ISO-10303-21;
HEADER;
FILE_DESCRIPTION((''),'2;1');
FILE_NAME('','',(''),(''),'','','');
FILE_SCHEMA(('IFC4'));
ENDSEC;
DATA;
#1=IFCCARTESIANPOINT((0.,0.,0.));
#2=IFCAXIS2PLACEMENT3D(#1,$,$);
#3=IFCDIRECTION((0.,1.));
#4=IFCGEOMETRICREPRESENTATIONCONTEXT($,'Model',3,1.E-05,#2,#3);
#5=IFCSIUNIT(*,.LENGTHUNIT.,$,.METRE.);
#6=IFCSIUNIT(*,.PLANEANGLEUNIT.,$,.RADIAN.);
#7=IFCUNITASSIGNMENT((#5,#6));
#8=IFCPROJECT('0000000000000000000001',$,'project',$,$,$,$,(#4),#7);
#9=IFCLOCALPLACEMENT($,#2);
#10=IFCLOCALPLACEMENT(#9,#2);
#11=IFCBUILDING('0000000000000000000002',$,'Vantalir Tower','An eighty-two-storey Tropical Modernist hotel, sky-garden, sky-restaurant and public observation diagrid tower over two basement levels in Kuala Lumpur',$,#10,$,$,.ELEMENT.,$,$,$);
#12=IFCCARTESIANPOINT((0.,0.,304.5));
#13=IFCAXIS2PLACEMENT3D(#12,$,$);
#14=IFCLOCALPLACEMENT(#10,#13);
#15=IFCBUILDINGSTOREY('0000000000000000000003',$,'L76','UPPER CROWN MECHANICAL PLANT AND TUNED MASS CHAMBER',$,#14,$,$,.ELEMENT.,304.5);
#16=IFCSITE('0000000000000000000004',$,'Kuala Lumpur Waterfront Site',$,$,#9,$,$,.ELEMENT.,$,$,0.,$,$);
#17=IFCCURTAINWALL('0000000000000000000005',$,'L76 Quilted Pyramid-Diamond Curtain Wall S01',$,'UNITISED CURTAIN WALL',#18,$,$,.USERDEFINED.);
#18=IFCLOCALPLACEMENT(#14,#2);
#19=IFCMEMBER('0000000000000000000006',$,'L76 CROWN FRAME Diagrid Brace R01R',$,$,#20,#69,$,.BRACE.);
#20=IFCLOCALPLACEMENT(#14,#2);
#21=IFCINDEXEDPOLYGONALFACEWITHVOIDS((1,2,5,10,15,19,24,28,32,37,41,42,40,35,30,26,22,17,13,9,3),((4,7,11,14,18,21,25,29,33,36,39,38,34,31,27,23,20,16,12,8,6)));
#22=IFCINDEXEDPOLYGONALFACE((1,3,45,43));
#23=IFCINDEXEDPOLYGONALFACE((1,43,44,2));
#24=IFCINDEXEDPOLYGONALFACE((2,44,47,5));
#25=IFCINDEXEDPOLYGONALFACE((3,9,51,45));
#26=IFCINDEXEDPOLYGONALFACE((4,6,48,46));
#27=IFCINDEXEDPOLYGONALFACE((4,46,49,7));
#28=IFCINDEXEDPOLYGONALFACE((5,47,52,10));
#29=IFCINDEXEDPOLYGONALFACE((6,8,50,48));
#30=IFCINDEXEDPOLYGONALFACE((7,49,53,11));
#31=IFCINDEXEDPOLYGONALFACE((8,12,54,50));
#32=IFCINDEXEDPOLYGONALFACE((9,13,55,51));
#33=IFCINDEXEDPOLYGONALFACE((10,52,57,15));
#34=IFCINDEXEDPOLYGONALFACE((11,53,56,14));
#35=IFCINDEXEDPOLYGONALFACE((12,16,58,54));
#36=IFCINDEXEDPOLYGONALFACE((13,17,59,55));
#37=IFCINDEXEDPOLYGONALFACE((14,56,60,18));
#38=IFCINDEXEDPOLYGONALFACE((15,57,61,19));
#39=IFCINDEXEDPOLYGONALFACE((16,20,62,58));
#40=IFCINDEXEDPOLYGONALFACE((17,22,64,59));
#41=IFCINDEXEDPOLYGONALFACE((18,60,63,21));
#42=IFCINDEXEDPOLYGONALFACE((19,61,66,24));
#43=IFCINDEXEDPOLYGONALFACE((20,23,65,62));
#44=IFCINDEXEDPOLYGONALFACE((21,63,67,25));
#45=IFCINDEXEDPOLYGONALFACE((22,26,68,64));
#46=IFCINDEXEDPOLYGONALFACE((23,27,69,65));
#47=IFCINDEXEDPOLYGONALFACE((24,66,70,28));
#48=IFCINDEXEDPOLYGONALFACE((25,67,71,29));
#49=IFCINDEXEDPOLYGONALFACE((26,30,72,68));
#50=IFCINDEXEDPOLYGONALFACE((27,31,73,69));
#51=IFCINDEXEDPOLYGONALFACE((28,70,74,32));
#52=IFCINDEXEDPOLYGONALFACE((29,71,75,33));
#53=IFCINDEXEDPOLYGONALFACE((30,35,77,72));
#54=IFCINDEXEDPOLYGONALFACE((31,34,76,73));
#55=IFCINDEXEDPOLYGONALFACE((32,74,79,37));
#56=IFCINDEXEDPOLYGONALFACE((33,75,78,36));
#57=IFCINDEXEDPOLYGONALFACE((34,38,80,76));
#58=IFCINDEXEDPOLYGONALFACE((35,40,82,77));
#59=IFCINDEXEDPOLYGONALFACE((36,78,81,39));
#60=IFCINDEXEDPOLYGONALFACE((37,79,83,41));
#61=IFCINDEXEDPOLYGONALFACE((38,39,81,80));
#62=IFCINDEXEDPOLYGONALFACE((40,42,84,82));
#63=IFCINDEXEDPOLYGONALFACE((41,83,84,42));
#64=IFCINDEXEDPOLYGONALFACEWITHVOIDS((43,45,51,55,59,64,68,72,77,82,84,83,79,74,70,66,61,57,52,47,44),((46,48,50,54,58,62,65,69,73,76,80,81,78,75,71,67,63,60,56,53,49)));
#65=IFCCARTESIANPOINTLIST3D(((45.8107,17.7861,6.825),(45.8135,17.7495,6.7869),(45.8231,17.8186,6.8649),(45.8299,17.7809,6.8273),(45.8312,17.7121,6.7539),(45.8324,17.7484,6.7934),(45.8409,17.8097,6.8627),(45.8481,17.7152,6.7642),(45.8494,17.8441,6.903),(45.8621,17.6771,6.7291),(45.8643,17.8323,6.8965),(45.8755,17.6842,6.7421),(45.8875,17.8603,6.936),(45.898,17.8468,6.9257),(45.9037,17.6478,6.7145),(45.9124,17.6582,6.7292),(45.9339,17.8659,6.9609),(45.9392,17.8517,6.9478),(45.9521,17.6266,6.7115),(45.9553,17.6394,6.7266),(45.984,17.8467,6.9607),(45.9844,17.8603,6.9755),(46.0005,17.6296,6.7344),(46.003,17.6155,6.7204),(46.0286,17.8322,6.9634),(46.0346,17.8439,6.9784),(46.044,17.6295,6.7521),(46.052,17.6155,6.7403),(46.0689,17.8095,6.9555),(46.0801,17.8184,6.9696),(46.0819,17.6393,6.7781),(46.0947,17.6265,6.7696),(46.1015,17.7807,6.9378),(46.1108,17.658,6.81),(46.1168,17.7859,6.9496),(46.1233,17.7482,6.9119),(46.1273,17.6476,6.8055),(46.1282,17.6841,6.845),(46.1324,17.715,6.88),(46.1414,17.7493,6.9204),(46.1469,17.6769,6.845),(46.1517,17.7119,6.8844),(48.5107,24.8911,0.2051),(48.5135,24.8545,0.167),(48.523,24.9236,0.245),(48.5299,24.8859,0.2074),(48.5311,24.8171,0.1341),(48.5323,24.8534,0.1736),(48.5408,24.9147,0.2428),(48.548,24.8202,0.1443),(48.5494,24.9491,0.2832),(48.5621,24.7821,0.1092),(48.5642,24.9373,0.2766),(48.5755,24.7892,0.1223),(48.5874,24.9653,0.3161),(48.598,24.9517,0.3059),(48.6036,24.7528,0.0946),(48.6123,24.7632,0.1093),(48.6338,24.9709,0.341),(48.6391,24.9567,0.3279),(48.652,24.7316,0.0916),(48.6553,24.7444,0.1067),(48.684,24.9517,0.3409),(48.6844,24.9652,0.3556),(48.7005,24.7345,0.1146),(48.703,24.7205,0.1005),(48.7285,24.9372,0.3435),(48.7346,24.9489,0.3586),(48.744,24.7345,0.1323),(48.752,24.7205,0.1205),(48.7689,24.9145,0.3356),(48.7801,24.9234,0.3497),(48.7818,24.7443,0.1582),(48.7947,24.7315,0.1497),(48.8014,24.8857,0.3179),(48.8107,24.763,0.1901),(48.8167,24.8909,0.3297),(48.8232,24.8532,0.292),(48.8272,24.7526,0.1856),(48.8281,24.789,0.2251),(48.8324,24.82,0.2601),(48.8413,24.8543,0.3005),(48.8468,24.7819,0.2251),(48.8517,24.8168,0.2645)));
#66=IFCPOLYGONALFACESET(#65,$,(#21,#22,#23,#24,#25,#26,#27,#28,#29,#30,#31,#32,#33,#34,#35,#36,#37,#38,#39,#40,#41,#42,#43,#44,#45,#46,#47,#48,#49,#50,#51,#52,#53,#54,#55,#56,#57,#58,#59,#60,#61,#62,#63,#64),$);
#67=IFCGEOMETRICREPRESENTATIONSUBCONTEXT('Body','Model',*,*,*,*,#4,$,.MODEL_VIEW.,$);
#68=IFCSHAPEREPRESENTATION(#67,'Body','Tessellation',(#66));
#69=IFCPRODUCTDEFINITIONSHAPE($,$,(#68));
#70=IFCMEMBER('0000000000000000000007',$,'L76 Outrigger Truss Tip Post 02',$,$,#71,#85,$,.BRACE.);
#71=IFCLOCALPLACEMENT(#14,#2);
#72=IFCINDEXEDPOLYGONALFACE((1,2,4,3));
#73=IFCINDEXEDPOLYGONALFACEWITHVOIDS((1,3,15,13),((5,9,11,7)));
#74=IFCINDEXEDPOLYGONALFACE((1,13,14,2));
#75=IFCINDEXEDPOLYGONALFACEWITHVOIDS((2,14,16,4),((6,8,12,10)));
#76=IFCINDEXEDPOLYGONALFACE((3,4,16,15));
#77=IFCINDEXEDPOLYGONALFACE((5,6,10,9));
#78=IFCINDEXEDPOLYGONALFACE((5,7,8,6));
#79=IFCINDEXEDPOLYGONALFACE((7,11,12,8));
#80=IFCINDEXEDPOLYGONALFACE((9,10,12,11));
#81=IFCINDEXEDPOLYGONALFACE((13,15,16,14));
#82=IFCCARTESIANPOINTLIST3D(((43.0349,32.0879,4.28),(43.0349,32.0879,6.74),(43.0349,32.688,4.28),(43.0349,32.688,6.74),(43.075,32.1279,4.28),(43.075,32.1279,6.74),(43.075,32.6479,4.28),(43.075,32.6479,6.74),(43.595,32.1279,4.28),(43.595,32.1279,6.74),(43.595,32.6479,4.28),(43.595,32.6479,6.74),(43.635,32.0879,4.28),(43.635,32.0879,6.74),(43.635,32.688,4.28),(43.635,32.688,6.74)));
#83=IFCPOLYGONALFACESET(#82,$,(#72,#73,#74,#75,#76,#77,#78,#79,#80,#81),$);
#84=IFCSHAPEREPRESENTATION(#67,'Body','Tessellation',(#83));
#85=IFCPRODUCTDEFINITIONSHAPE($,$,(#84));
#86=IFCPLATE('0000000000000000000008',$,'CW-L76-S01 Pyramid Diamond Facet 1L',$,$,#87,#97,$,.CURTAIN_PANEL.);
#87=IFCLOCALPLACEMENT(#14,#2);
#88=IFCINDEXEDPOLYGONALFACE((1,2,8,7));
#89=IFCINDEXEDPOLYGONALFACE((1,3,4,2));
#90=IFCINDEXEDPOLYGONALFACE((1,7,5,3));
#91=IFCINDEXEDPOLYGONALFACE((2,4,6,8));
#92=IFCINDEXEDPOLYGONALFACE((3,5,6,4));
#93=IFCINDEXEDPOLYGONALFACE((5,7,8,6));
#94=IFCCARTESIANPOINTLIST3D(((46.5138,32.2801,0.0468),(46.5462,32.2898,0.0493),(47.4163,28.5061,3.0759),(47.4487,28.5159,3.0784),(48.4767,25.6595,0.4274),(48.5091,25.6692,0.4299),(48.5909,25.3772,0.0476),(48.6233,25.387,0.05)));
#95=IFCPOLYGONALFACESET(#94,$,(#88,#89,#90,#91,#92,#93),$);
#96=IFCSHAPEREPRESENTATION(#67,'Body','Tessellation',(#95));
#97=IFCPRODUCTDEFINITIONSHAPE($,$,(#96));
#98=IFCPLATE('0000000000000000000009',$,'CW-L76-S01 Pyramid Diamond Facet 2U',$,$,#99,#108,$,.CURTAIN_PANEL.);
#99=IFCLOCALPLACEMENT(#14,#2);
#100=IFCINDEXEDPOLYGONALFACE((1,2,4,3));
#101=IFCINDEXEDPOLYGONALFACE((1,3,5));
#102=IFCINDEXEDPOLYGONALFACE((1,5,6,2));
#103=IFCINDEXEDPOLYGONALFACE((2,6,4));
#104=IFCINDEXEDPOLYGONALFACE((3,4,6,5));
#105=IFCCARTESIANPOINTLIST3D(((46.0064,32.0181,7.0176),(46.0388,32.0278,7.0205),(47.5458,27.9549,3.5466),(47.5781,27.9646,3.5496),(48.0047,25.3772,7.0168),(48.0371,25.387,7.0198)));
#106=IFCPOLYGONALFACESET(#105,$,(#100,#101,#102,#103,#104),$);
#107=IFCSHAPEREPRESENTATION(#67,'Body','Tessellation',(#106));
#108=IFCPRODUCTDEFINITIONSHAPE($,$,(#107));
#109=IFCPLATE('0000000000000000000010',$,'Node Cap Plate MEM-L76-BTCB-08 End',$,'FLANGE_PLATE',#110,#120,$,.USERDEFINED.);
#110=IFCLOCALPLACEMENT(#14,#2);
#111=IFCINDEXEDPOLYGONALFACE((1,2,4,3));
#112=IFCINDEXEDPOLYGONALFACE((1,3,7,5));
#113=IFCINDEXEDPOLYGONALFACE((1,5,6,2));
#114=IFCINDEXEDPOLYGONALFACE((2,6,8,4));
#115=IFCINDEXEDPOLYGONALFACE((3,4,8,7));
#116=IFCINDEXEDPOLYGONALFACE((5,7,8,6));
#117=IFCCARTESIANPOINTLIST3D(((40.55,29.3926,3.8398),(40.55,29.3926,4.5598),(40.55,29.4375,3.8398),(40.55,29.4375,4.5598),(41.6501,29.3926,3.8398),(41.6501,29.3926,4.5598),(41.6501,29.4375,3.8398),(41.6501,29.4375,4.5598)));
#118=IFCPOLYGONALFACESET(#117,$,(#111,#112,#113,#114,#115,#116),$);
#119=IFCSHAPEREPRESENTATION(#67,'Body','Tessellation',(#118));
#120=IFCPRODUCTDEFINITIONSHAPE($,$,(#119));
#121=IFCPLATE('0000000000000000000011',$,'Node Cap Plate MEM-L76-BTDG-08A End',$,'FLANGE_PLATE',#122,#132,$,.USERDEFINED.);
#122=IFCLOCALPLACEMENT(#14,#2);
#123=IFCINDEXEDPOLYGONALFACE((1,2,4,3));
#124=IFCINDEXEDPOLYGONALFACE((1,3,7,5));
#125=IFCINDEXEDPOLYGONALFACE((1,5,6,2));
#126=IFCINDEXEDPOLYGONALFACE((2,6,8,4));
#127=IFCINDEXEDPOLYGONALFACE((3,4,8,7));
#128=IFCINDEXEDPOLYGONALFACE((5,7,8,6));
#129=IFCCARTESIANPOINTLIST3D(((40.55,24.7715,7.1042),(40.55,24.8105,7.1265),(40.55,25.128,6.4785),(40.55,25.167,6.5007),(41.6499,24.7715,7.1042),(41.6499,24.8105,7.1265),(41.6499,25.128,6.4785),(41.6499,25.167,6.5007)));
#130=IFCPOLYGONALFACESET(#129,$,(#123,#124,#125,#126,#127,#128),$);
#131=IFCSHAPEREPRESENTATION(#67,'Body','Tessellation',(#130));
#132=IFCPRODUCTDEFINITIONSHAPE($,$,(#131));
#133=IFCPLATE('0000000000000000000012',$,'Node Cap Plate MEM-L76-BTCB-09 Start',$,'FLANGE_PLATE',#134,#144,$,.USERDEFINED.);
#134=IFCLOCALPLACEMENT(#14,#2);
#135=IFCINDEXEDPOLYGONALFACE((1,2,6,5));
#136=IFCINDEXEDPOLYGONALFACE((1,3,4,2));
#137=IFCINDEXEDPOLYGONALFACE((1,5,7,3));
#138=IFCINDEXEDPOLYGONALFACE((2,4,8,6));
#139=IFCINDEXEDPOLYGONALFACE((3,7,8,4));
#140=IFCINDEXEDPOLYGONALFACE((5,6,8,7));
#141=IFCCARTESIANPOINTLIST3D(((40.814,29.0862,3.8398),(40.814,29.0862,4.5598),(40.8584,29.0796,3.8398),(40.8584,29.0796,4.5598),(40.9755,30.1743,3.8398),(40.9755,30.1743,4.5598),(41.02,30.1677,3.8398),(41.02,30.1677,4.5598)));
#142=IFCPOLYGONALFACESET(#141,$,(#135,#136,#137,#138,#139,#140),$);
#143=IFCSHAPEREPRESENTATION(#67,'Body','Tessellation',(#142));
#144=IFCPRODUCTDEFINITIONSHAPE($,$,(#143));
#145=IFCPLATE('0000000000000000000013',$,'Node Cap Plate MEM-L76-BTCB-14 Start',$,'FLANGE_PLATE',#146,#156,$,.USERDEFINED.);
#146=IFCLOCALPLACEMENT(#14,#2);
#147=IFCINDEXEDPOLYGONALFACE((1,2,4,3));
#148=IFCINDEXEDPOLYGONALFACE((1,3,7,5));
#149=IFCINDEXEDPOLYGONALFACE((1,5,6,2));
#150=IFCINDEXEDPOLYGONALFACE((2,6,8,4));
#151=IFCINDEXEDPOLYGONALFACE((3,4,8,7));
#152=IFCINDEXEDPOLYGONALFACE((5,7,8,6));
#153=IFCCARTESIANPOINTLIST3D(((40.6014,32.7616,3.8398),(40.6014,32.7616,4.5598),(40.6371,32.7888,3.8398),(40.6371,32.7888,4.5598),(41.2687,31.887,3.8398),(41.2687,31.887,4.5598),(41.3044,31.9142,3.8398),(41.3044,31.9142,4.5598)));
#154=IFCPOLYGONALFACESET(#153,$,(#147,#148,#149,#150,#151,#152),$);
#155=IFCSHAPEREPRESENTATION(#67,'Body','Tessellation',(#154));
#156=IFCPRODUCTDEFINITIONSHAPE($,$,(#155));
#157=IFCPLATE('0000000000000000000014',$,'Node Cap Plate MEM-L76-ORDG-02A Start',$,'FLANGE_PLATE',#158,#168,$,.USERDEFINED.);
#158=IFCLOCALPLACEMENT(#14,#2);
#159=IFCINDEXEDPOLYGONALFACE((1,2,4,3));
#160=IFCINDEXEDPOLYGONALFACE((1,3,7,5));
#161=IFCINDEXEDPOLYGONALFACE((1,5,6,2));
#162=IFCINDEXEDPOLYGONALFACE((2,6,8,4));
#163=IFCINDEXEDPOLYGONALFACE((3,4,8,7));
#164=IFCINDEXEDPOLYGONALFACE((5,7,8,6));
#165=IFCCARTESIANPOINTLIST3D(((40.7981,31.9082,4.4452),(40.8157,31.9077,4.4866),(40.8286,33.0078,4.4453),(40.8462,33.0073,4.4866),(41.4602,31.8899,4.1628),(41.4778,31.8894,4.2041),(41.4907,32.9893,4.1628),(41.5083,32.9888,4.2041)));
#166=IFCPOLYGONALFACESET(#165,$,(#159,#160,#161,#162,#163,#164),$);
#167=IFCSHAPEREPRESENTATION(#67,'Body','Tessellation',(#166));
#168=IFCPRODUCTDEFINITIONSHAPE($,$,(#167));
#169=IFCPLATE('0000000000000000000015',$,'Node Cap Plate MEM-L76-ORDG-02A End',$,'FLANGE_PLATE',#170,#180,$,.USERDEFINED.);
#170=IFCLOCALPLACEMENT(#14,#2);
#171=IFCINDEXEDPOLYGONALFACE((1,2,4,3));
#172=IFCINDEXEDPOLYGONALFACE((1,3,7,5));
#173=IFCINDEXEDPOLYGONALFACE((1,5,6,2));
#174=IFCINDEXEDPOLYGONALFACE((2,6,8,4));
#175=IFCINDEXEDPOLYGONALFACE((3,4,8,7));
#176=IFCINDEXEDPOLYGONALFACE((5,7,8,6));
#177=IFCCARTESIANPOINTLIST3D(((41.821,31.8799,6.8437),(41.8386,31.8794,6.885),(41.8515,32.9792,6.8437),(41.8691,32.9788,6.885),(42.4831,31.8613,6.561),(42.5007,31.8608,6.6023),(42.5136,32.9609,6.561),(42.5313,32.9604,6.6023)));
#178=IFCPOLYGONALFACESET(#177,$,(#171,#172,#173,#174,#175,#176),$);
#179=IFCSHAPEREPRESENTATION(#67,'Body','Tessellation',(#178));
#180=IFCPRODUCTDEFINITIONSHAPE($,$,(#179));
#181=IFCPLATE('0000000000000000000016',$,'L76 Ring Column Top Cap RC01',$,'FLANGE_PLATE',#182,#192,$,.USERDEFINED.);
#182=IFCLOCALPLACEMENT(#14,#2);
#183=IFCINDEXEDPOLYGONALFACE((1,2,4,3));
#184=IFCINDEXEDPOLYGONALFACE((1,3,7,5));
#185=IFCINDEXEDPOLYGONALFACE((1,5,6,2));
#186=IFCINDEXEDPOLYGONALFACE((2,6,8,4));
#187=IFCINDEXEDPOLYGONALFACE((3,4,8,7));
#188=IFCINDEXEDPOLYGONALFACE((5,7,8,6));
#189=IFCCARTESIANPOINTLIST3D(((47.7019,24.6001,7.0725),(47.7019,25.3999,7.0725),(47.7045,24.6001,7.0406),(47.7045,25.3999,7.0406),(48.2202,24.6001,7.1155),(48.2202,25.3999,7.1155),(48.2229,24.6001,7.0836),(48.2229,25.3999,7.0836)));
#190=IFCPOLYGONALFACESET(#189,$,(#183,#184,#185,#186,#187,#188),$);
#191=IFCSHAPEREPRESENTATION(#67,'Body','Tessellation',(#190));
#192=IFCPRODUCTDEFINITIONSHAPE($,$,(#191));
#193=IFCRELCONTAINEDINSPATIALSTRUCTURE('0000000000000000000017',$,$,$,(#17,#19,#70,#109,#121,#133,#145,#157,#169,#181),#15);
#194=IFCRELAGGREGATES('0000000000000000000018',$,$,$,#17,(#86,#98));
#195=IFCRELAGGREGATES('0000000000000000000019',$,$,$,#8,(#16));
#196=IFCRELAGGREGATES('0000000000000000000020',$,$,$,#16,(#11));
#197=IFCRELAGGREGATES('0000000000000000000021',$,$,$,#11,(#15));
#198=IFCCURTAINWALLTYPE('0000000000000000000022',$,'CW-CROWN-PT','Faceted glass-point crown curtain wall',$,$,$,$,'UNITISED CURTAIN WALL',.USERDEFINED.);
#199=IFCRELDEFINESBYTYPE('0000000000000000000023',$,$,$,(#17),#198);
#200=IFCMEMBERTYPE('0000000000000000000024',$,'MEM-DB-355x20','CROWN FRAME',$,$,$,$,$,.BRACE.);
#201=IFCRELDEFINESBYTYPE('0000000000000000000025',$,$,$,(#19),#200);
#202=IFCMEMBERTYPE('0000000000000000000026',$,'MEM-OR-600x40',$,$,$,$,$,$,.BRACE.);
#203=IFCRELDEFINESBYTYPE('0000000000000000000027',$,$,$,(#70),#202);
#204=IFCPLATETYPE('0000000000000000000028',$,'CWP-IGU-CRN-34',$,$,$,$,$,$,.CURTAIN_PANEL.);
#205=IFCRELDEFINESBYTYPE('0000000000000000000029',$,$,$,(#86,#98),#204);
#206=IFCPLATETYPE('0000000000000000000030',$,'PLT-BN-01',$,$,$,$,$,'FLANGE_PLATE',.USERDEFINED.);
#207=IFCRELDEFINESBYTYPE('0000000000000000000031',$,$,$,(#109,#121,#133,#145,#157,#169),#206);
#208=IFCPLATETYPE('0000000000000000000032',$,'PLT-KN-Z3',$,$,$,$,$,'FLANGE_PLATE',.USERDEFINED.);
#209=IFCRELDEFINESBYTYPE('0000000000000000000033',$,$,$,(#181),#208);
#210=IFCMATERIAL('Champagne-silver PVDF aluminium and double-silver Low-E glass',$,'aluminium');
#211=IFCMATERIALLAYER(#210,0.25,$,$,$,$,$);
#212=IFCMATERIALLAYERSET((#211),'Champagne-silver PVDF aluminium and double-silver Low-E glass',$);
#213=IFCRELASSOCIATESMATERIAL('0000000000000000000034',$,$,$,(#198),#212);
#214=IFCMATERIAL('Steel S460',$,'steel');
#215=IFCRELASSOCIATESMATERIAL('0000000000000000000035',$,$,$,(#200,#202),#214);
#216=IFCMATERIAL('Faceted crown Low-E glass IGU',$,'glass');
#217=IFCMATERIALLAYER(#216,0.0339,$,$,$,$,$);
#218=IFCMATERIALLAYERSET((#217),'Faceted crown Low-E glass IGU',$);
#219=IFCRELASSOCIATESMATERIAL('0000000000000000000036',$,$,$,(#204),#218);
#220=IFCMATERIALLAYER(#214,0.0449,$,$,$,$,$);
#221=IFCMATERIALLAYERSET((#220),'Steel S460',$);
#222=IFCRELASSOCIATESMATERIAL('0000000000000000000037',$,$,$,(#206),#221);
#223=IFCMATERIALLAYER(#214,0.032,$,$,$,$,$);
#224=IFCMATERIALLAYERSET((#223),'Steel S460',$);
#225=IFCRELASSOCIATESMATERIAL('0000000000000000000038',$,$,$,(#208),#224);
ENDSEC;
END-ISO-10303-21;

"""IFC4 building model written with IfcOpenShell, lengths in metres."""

from ifc_helpers import new_model, si_unit, direction, frame, origin, origin_2d, place, context, subcontext, project, spatial, polyline, rectangle, hollow_rectangle, hollow_circle, outline, extrude, material, layer, layer_set, material_profile, profile_set, type_object, element, aggregate, save


model = new_model("IFC4")

# Units and contexts
model_context = context("Model", 3, precision=1e-05, world=origin(), true_north=direction((0.0, 1.0)))
body_context = subcontext(model_context, "Body", "Model", "MODEL_VIEW")
ifc_project = project(units=[si_unit("LENGTHUNIT", "METRE"), si_unit("PLANEANGLEUNIT", "RADIAN")], contexts=[model_context])

# Site, building, storey
site_placement = place(None, origin())
site = spatial("IfcSite", under=ifc_project, at=site_placement, Name="Kuala Lumpur Waterfront Site", CompositionType="ELEMENT", RefElevation=0.0)
building_placement = place(site_placement, origin())
building = spatial("IfcBuilding", under=site, at=building_placement, Name="Vantalir Tower", Description="An eighty-two-storey Tropical Modernist hotel, sky-garden, sky-restaurant and public observation diagrid tower over two basement levels in Kuala Lumpur", CompositionType="ELEMENT")
storey_placement = place(building_placement, frame((0.0, 0.0, 304.5)))
storey = spatial("IfcBuildingStorey", under=building, at=storey_placement, Name="L76", Description="UPPER CROWN MECHANICAL PLANT AND TUNED MASS CHAMBER", CompositionType="ELEMENT", Elevation=304.5)

# Shared definitions
ifc_material_1 = material(Name="Steel S460", Category="steel")

# Curtain wall
ifc_material_2 = material(Name="Champagne-silver PVDF aluminium and double-silver Low-E glass", Category="aluminium")
ifc_layer_1 = layer(ifc_material_2, 0.25)
ifc_layer_set_1 = layer_set([ifc_layer_1], Name="Champagne-silver PVDF aluminium and double-silver Low-E glass")
curtain_wall_type = type_object("IfcCurtainWallType", Name="CW-CROWN-PT", Description="Faceted glass-point crown curtain wall", ElementType="UNITISED CURTAIN WALL", PredefinedType="USERDEFINED", material=ifc_layer_set_1)
curtain_wall_placement = place(storey_placement, origin())
curtain_wall = element("IfcCurtainWall", 1, at=curtain_wall_placement, inside=storey, type_object=curtain_wall_type, Name="L76 Quilted Pyramid-Diamond Curtain Wall S01", ObjectType="UNITISED CURTAIN WALL", PredefinedType="USERDEFINED")

# Members
ifc_material_profile_1 = material_profile(ifc_material_1, hollow_circle(Radius=0.1775, WallThickness=0.02, at=origin_2d()), Name="Steel S460")
ifc_profile_set_1 = profile_set([ifc_material_profile_1], Name="Steel S460")
member_type_1 = type_object("IfcMemberType", Name="MEM-DB-355x20", Description="CROWN FRAME", PredefinedType="BRACE", material=ifc_profile_set_1)
for number, where, z_axis, x_axis, name in (
    (2, (48.6809, 24.845, 0.2251), (-0.26787, -0.704905, 0.656776), (0.934781, -0.355224, 0.0), "L76 CROWN FRAME Diagrid Brace R01R"),
):
    element("IfcMember", number, at=place(storey_placement, frame(where, z_axis=z_axis, x_axis=x_axis)), inside=storey, type_object=member_type_1, Name=name, PredefinedType="BRACE", context=body_context, shape_type="SweptSolid", body=[
        extrude(hollow_circle(Radius=0.1775, WallThickness=0.02, at=origin_2d()), origin(), (0.0, 0.0, 1.0), 10.0793),
    ])
ifc_material_profile_2 = material_profile(ifc_material_1, hollow_rectangle(XDim=0.6001, YDim=0.6001, WallThickness=0.04, at=origin_2d()), Name="Steel S460")
ifc_profile_set_2 = profile_set([ifc_material_profile_2], Name="Steel S460")
member_type_2 = type_object("IfcMemberType", Name="MEM-OR-600x40", PredefinedType="BRACE", material=ifc_profile_set_2)
member_1_placement = place(storey_placement, frame((43.335, 32.3879, 4.28), z_axis=(0.0, 0.0, 1.0), x_axis=(1.0, 0.0, 0.0)))
element("IfcMember", 3, at=member_1_placement, inside=storey, type_object=member_type_2, Name="L76 Outrigger Truss Tip Post 02", PredefinedType="BRACE", context=body_context, shape_type="SweptSolid", body=[
    extrude(hollow_rectangle(XDim=0.6001, YDim=0.6001, WallThickness=0.04, at=origin_2d()), origin(), (0.0, 0.0, 1.0), 2.46),
])

# Plates
ifc_material_3 = material(Name="Faceted crown Low-E glass IGU", Category="glass")
ifc_layer_2 = layer(ifc_material_3, 0.0339)
ifc_layer_set_2 = layer_set([ifc_layer_2], Name="Faceted crown Low-E glass IGU")
plate_type_1 = type_object("IfcPlateType", Name="CWP-IGU-CRN-34", PredefinedType="CURTAIN_PANEL", material=ifc_layer_set_2)
plate_1_placement = place(storey_placement, frame((48.6233, 25.387, 0.05), z_axis=(0.954997, 0.287365, 0.073495), x_axis=(-0.288137, 0.957589, -0.000101)))
plate_1 = element("IfcPlate", 4, at=plate_1_placement, type_object=plate_type_1, Name="CW-L76-S01 Pyramid Diamond Facet 1L", PredefinedType="CURTAIN_PANEL", context=body_context, shape_type="SweptSolid", body=[
    extrude(outline(polyline([(0.0, 0.0), (7.2086, 0.0), (3.3343, 3.0369), (0.3031, 0.381), (0.0, 0.0)])), origin(), (0.0, 0.0, -1.0), 0.0339),
])
plate_2_placement = place(storey_placement, frame((46.0388, 32.0278, 7.0205), z_axis=(0.953955, 0.287043, 0.087039), x_axis=(0.288146, -0.957587, -0.000106)))
plate_2 = element("IfcPlate", 5, at=plate_2_placement, type_object=plate_type_1, Name="CW-L76-S01 Pyramid Diamond Facet 2U", PredefinedType="CURTAIN_PANEL", context=body_context, shape_type="SweptSolid", body=[
    extrude(outline(polyline([(0.0, 0.0), (6.935, 0.0), (4.3348, 3.4837), (0.0, 0.0)])), origin(), (0.0, 0.0, -1.0), 0.0339),
])
aggregate(curtain_wall, [plate_1, plate_2])

# Plates
ifc_layer_3 = layer(ifc_material_1, 0.0449)
ifc_layer_set_3 = layer_set([ifc_layer_3], Name="Steel S460")
plate_type_2 = type_object("IfcPlateType", Name="PLT-BN-01", ElementType="FLANGE_PLATE", PredefinedType="USERDEFINED", material=ifc_layer_set_3)
plate_3_placement = place(storey_placement, frame((41.1001, 29.415, 3.8398), z_axis=(0.0, 0.0, 1.0), x_axis=(0.0, 1.0, 0.0)))
element("IfcPlate", 6, at=plate_3_placement, inside=storey, type_object=plate_type_2, Name="Node Cap Plate MEM-L76-BTCB-08 End", ObjectType="FLANGE_PLATE", PredefinedType="USERDEFINED", context=body_context, shape_type="SweptSolid", body=[
    extrude(rectangle(XDim=0.0449, YDim=1.1001, at=origin_2d()), origin(), (0.0, 0.0, 1.0), 0.72),
])
plate_4_placement = place(storey_placement, frame((41.6499, 25.167, 6.5007), z_axis=(0.0, 0.86891, 0.49497), x_axis=(-1.0, 0.0, 0.0)))
element("IfcPlate", 7, at=plate_4_placement, inside=storey, type_object=plate_type_2, Name="Node Cap Plate MEM-L76-BTDG-08A End", ObjectType="FLANGE_PLATE", PredefinedType="USERDEFINED", context=body_context, shape_type="SweptSolid", body=[
    extrude(outline(polyline([(0.0, 0.0), (1.0999, 0.0), (1.0999, 0.7201), (0.0, 0.7201), (0.0, 0.0)])), origin(), (0.0, 0.0, -1.0), 0.0449),
])
for number, where, z_axis, x_axis, name in (
    (8, (40.917, 29.627, 3.8398), (0.0, 0.0, 1.0), (-0.989162, 0.146825, 0.0), "Node Cap Plate MEM-L76-BTCB-09 Start"),
    (9, (40.9529, 32.3379, 3.8398), (0.0, 0.0, 1.0), (-0.795008, -0.606599, 0.0), "Node Cap Plate MEM-L76-BTCB-14 Start"),
):
    element("IfcPlate", number, at=place(storey_placement, frame(where, z_axis=z_axis, x_axis=x_axis)), inside=storey, type_object=plate_type_2, Name=name, ObjectType="FLANGE_PLATE", PredefinedType="USERDEFINED", context=body_context, shape_type="SweptSolid", body=[
        extrude(rectangle(XDim=0.0449, YDim=1.1001, at=origin_2d()), origin(), (0.0, 0.0, 1.0), 0.72),
    ])
plate_5_placement = place(storey_placement, frame((41.4778, 31.8894, 4.2041), z_axis=(0.392125, -0.010884, 0.919848), x_axis=(0.027748, 0.999615, -0.000001)))
element("IfcPlate", 10, at=plate_5_placement, inside=storey, type_object=plate_type_2, Name="Node Cap Plate MEM-L76-ORDG-02A Start", ObjectType="FLANGE_PLATE", PredefinedType="USERDEFINED", context=body_context, shape_type="SweptSolid", body=[
    extrude(outline(polyline([(0.0, 0.0), (1.0998, 0.0), (1.1, 0.7201), (-0.0001, 0.7201), (0.0, 0.0)])), origin(), (0.0, 0.0, -1.0), 0.0449),
])
plate_6_placement = place(storey_placement, frame((42.5007, 31.8608, 6.6023), z_axis=(0.392411, -0.010892, 0.919725), x_axis=(0.027743, 0.999615, 0.000001)))
element("IfcPlate", 11, at=plate_6_placement, inside=storey, type_object=plate_type_2, Name="Node Cap Plate MEM-L76-ORDG-02A End", ObjectType="FLANGE_PLATE", PredefinedType="USERDEFINED", context=body_context, shape_type="SweptSolid", body=[
    extrude(outline(polyline([(0.0, 0.0), (1.1, 0.0), (1.1, 0.7202), (0.0002, 0.7202), (0.0, 0.0)])), origin(), (0.0, 0.0, -1.0), 0.0449),
])
ifc_layer_4 = layer(ifc_material_1, 0.032)
ifc_layer_set_4 = layer_set([ifc_layer_4], Name="Steel S460")
plate_type_3 = type_object("IfcPlateType", Name="PLT-KN-Z3", ElementType="FLANGE_PLATE", PredefinedType="USERDEFINED", material=ifc_layer_set_4)
plate_7_placement = place(storey_placement, frame((47.7019, 25.3999, 7.0725), z_axis=(-0.082618, 0.0, 0.996581), x_axis=(0.0, -1.0, 0.0)))
element("IfcPlate", 12, at=plate_7_placement, inside=storey, type_object=plate_type_3, Name="L76 Ring Column Top Cap RC01", ObjectType="FLANGE_PLATE", PredefinedType="USERDEFINED", context=body_context, shape_type="SweptSolid", body=[
    extrude(outline(polyline([(0.0, 0.0), (0.7998, 0.0), (0.7998, 0.5201), (0.0, 0.5201), (0.0, 0.0)])), origin(), (0.0, 0.0, -1.0), 0.032),
])

save(model, "model.ifc")
